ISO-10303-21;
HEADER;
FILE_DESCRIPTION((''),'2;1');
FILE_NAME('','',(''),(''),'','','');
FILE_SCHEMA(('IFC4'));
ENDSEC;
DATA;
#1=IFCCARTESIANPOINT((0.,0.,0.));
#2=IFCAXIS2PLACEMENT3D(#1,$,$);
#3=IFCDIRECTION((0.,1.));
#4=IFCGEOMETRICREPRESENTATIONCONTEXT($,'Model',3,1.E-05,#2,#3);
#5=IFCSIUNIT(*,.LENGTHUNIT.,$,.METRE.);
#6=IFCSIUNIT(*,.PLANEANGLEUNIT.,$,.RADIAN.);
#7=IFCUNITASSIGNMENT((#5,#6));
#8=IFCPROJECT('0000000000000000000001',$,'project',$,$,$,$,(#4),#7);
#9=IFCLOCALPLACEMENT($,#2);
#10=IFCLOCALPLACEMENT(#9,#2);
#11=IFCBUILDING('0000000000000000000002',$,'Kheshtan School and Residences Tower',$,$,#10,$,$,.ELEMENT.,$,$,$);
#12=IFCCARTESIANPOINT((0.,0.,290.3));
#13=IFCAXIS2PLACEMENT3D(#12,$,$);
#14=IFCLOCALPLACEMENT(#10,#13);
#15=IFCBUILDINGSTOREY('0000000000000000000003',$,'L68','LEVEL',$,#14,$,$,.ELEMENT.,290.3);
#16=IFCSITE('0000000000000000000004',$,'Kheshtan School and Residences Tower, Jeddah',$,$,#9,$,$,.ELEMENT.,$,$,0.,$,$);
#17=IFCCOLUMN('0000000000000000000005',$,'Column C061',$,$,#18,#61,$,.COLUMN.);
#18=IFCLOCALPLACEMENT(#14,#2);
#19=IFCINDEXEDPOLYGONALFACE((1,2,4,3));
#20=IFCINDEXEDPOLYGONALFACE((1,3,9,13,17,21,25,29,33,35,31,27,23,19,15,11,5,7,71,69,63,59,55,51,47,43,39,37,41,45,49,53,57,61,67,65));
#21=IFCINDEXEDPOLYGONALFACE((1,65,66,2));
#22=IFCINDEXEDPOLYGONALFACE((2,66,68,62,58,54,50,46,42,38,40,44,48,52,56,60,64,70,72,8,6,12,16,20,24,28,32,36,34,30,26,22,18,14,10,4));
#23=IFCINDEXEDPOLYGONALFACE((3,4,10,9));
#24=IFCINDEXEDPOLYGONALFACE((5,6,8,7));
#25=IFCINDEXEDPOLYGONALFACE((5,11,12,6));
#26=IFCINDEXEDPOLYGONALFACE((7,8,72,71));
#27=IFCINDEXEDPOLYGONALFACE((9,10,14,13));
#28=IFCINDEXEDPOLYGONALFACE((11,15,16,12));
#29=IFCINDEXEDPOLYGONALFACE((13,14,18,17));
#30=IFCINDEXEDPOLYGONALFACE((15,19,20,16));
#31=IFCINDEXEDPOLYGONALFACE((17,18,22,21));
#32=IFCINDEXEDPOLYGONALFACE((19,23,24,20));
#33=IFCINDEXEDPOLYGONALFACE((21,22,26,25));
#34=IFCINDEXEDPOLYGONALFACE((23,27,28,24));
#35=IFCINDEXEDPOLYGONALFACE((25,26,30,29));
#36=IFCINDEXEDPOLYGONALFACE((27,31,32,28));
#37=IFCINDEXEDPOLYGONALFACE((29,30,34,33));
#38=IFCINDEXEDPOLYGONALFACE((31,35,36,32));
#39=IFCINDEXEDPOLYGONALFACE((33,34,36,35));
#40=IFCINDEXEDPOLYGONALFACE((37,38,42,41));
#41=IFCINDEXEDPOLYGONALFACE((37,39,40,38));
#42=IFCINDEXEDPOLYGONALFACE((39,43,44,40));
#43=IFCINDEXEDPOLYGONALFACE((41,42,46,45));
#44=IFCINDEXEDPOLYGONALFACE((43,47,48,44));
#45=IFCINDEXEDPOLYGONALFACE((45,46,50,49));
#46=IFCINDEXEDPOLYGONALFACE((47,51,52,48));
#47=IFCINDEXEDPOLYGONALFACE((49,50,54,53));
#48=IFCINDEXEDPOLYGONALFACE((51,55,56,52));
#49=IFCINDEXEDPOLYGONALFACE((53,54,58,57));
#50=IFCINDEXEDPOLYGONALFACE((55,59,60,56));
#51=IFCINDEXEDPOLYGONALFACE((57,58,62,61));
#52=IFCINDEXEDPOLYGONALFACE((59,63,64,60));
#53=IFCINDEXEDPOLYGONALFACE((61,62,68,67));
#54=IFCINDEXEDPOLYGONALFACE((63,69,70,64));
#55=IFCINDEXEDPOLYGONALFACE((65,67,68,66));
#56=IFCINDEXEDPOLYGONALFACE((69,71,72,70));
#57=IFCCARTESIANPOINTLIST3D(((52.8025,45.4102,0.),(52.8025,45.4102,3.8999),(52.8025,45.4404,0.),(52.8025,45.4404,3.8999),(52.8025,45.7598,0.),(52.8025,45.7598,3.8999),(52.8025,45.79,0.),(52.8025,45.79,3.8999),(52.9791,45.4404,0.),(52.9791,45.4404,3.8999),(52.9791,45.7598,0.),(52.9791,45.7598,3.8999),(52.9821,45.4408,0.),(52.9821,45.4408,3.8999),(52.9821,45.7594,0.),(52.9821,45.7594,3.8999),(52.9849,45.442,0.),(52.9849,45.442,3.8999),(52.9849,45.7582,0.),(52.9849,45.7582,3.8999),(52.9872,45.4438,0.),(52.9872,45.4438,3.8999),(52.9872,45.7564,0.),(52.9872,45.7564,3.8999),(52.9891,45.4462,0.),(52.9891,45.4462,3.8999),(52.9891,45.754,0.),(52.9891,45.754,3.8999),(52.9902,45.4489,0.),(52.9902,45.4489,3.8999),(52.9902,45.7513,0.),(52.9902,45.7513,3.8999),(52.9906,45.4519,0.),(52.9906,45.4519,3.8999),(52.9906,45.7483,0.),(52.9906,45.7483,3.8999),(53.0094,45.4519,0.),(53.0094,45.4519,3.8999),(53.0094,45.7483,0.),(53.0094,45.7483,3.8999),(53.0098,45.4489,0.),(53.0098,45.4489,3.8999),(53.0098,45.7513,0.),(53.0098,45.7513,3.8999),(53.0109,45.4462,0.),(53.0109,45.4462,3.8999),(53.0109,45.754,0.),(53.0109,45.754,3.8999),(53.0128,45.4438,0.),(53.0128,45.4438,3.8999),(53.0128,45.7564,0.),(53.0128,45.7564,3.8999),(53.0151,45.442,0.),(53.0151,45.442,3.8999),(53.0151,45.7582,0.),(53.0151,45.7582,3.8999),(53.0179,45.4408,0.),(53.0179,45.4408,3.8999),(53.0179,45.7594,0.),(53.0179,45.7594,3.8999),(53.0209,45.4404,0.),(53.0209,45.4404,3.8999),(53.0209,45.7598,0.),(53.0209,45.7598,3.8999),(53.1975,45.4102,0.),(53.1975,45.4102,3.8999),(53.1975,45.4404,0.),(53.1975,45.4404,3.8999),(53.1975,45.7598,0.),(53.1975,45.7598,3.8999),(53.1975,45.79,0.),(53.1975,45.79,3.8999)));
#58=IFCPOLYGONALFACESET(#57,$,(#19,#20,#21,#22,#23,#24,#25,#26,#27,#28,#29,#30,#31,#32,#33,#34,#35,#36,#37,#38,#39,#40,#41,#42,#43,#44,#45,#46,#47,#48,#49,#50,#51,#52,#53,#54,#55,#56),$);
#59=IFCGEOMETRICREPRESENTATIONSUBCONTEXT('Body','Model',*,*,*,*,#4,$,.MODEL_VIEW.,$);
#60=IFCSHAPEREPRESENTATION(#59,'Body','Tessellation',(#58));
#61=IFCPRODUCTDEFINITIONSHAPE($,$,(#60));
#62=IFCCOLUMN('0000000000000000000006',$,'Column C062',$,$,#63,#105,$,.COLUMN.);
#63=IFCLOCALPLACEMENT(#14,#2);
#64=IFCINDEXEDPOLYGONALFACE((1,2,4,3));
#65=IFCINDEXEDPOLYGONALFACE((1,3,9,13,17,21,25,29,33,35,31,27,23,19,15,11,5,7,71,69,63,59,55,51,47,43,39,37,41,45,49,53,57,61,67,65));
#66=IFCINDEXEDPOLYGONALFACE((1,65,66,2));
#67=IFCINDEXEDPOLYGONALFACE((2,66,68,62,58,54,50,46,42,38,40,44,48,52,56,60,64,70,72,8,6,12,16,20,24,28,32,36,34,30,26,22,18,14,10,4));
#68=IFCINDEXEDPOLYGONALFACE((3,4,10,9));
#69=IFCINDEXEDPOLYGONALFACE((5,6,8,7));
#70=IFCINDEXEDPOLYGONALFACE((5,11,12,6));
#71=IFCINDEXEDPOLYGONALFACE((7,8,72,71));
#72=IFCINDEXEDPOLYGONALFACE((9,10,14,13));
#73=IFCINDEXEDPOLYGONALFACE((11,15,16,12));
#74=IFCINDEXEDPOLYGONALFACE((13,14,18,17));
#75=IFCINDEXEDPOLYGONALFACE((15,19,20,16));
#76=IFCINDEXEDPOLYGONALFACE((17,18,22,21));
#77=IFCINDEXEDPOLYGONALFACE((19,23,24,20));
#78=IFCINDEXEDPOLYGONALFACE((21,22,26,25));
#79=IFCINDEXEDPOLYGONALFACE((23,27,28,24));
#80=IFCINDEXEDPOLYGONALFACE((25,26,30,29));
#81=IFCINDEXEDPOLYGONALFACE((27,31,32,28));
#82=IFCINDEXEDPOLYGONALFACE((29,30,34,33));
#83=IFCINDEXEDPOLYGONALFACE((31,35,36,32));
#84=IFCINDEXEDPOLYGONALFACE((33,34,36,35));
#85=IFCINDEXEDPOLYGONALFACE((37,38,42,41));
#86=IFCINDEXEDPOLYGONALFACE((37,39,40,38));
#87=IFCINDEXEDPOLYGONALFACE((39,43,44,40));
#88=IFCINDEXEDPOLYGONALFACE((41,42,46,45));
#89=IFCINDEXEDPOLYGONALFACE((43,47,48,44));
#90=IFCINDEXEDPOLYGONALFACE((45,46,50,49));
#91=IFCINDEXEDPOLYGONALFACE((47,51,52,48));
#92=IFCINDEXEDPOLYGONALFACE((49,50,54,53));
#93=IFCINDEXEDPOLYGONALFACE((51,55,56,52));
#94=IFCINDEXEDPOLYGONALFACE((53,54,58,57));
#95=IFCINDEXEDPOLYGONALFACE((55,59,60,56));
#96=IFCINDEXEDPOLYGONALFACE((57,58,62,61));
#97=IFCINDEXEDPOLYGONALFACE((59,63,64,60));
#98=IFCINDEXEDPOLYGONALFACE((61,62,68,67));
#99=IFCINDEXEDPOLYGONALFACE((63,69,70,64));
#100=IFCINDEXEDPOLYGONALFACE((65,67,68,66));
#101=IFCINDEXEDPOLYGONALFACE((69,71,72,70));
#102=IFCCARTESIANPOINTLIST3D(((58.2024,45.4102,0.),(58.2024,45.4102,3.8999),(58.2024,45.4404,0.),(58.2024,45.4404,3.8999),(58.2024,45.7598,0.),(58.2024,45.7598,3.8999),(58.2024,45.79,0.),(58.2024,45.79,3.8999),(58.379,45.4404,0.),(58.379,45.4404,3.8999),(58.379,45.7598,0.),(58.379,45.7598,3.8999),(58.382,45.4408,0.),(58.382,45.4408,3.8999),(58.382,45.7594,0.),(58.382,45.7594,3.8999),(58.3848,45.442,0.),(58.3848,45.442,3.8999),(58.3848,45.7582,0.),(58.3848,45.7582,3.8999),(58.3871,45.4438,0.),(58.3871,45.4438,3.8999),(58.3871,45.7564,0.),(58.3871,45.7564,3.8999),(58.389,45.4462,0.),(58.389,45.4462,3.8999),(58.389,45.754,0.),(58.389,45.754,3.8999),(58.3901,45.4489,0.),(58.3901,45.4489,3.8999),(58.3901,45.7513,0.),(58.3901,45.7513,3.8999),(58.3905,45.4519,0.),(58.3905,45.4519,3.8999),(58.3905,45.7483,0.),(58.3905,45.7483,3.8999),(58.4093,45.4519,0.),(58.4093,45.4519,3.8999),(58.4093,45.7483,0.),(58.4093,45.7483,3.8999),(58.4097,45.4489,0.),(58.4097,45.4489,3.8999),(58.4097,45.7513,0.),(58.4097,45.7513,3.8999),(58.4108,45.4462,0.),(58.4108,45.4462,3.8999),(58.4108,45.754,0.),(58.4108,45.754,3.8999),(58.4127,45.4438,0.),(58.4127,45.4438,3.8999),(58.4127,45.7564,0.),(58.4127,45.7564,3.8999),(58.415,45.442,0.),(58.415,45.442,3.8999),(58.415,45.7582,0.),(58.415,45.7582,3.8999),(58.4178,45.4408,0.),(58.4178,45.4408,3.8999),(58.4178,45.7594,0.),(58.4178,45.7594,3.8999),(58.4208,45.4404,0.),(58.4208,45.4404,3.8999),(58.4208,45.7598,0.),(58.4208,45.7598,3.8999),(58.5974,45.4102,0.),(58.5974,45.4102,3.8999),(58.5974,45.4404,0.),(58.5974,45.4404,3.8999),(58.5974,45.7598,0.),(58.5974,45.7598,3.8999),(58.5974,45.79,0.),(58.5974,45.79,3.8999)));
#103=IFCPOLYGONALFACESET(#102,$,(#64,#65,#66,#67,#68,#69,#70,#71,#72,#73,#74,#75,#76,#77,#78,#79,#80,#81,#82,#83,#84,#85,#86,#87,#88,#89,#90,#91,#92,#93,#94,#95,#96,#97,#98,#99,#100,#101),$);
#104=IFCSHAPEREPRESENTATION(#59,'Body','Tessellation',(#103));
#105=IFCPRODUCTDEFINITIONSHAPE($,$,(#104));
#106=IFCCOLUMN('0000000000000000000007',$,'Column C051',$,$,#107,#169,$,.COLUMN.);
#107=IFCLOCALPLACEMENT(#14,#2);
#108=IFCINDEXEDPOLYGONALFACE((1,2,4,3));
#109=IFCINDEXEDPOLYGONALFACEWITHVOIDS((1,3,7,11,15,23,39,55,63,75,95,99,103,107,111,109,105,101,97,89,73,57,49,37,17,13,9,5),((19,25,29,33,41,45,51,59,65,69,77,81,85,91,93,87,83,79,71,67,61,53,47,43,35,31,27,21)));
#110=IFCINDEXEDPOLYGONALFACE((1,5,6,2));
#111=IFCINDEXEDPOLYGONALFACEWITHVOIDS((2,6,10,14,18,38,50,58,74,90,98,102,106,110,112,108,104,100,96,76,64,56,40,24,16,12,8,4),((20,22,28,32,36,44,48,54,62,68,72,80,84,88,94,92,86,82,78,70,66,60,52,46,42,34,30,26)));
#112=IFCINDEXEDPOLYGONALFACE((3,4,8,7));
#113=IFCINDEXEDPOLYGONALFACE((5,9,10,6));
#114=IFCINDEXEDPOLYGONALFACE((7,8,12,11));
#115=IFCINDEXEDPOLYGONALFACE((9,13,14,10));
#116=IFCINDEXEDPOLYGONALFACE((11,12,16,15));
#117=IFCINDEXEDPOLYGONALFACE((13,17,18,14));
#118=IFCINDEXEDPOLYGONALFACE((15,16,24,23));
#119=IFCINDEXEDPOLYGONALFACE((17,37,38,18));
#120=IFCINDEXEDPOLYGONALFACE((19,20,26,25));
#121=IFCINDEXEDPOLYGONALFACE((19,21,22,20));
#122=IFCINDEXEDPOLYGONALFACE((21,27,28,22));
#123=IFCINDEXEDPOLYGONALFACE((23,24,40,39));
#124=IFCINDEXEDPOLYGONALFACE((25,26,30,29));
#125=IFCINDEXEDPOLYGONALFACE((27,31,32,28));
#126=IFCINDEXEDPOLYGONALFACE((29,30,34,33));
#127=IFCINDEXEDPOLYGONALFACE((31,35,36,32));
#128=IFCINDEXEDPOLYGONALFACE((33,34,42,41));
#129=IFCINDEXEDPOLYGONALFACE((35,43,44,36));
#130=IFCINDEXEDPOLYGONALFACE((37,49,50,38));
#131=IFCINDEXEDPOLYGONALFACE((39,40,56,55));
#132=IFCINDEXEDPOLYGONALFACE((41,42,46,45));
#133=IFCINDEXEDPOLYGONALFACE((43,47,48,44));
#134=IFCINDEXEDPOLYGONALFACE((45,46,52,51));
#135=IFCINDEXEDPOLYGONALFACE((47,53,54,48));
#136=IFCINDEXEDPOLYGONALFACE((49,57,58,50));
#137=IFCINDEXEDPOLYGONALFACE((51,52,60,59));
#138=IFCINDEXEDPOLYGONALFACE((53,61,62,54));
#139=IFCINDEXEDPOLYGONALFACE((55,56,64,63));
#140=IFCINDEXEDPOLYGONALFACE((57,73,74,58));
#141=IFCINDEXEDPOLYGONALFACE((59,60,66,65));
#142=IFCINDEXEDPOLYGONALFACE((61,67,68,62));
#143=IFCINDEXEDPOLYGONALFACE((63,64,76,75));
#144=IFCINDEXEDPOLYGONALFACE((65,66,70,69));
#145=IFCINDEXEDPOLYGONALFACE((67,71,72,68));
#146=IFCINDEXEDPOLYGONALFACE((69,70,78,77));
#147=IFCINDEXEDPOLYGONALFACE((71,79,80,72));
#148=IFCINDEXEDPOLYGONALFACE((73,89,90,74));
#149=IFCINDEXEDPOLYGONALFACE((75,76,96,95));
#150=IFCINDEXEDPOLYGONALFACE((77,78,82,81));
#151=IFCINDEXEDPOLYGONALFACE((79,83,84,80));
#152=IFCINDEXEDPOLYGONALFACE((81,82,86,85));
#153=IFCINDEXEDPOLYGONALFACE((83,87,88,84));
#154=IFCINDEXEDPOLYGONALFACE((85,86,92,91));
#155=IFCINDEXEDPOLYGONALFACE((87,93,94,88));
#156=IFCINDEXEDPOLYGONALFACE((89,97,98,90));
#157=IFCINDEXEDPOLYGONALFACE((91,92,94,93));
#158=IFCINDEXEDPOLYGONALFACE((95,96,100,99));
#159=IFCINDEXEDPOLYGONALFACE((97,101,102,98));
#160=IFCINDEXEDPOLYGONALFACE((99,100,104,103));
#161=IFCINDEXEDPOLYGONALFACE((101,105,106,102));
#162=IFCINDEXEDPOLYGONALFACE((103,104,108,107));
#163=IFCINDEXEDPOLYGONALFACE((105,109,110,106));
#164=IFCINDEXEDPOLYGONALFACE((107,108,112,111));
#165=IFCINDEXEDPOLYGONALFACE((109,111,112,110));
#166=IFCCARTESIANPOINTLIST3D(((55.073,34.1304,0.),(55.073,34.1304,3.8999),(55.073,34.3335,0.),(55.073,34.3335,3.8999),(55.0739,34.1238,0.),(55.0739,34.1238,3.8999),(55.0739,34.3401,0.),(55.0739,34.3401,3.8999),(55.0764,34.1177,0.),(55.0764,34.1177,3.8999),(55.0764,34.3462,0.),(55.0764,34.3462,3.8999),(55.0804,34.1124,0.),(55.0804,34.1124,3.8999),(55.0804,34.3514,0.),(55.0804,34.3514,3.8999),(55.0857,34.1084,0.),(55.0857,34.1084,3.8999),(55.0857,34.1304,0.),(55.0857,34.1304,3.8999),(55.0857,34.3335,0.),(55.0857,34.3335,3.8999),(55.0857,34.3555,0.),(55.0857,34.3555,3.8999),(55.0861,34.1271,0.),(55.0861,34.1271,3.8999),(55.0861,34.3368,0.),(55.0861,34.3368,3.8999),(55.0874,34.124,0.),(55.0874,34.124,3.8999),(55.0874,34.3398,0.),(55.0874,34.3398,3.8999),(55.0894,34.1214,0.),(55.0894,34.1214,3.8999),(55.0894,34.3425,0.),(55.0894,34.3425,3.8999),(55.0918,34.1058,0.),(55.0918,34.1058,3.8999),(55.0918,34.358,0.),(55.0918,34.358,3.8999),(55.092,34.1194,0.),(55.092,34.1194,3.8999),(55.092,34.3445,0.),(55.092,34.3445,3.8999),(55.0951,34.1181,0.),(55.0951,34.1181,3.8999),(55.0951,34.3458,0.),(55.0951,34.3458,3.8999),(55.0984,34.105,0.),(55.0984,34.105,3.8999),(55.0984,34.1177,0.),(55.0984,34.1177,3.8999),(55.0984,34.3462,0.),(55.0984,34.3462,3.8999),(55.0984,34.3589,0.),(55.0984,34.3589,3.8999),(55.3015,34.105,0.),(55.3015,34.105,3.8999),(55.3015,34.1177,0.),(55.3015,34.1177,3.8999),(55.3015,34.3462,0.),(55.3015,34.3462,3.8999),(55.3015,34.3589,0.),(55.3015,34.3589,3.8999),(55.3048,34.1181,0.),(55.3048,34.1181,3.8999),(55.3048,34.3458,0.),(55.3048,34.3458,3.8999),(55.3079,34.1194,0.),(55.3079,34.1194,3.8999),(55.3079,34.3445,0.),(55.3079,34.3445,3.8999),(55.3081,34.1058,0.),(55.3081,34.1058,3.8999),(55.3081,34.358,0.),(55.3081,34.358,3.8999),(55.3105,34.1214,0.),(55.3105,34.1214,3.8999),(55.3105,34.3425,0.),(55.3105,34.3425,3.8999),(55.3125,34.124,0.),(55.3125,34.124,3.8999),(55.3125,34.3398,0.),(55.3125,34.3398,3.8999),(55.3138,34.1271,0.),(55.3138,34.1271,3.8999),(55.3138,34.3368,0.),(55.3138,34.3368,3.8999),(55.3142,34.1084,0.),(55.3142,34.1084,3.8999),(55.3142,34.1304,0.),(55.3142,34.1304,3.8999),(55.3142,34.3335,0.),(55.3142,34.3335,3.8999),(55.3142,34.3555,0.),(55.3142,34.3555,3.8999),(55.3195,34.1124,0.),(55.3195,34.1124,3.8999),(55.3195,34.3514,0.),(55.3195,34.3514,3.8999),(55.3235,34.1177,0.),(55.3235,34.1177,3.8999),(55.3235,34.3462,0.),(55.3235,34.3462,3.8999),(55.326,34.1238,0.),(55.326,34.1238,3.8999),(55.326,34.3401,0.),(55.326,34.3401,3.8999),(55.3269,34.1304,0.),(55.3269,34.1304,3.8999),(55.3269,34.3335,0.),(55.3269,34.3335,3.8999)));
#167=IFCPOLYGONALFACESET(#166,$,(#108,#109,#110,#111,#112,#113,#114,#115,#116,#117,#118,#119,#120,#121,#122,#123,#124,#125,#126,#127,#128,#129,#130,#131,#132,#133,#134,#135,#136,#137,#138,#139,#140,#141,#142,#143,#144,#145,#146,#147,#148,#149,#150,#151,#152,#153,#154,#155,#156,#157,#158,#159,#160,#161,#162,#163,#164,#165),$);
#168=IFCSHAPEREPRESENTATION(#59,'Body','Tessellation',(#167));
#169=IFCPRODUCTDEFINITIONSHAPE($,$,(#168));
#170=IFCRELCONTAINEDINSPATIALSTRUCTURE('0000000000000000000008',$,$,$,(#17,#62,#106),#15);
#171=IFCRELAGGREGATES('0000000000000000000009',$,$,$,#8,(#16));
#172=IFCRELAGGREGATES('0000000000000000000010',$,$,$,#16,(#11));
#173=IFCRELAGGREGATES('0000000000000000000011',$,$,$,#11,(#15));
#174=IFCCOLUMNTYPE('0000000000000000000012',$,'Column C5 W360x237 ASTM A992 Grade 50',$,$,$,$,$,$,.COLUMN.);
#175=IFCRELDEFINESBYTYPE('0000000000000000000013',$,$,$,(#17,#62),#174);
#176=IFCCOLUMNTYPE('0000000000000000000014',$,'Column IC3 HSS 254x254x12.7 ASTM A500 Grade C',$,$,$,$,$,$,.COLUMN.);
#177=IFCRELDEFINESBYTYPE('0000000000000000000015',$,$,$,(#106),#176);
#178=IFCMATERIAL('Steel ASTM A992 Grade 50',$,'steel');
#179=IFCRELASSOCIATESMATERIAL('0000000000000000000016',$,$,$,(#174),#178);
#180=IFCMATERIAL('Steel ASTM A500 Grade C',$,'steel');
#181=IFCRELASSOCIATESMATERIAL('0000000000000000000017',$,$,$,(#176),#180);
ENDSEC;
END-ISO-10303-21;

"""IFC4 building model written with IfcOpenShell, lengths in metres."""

from ifc_helpers import new_model, si_unit, direction, frame, origin, origin_2d, place, context, subcontext, project, spatial, hollow_rectangle, i_section, extrude, material, material_profile, profile_set, type_object, element, save


model = new_model("IFC4")

# Units and contexts
model_context = context("Model", 3, precision=1e-05, world=origin(), true_north=direction((0.0, 1.0)))
body_context = subcontext(model_context, "Body", "Model", "MODEL_VIEW")
ifc_project = project(units=[si_unit("LENGTHUNIT", "METRE"), si_unit("PLANEANGLEUNIT", "RADIAN")], contexts=[model_context])

# Site, building, storey
site_placement = place(None, origin())
site = spatial("IfcSite", under=ifc_project, at=site_placement, Name="Kheshtan School and Residences Tower, Jeddah", CompositionType="ELEMENT", RefElevation=0.0)
building_placement = place(site_placement, origin())
building = spatial("IfcBuilding", under=site, at=building_placement, Name="Kheshtan School and Residences Tower", CompositionType="ELEMENT")
storey_placement = place(building_placement, frame((0.0, 0.0, 290.3)))
storey = spatial("IfcBuildingStorey", under=building, at=storey_placement, Name="L68", Description="LEVEL", CompositionType="ELEMENT", Elevation=290.3)

# Columns
ifc_material_1 = material(Name="Steel ASTM A992 Grade 50", Category="steel")
ifc_material_profile_1 = material_profile(ifc_material_1, i_section(OverallWidth=0.395, OverallDepth=0.3799, WebThickness=0.0188, FlangeThickness=0.0303, FilletRadius=0.0115, at=origin_2d()), Name="W360x237")
ifc_profile_set_1 = profile_set([ifc_material_profile_1], Name="Steel ASTM A992 Grade 50")
column_type_1 = type_object("IfcColumnType", Name="Column C5 W360x237 ASTM A992 Grade 50", PredefinedType="COLUMN", material=ifc_profile_set_1)
for number, where, z_axis, x_axis, name in (
    (1, (53.0, 45.6001, 0.0), (0.0, 0.0, 1.0), (1.0, 0.0, 0.0), "Column C061"),
    (2, (58.3999, 45.6001, 0.0), (0.0, 0.0, 1.0), (1.0, 0.0, 0.0), "Column C062"),
):
    element("IfcColumn", number, at=place(storey_placement, frame(where, z_axis=z_axis, x_axis=x_axis)), inside=storey, type_object=column_type_1, Name=name, PredefinedType="COLUMN", context=body_context, shape_type="SweptSolid", body=[
        extrude(i_section(OverallWidth=0.395, OverallDepth=0.3799, WebThickness=0.0188, FlangeThickness=0.0303, FilletRadius=0.0115, at=origin_2d()), origin(), (0.0, 0.0, 1.0), 3.8999),
    ])
ifc_material_2 = material(Name="Steel ASTM A500 Grade C", Category="steel")
ifc_material_profile_2 = material_profile(ifc_material_2, hollow_rectangle(XDim=0.2539, YDim=0.2539, WallThickness=0.0127, InnerFilletRadius=0.0127, OuterFilletRadius=0.0254, at=origin_2d()), Name="HSS 254x254x12.7")
ifc_profile_set_2 = profile_set([ifc_material_profile_2], Name="Steel ASTM A500 Grade C")
column_type_2 = type_object("IfcColumnType", Name="Column IC3 HSS 254x254x12.7 ASTM A500 Grade C", PredefinedType="COLUMN", material=ifc_profile_set_2)
for number, where, z_axis, x_axis, name in (
    (3, (55.2, 34.2319, 0.0), (0.0, 0.0, 1.0), (1.0, 0.0, 0.0), "Column C051"),
):
    element("IfcColumn", number, at=place(storey_placement, frame(where, z_axis=z_axis, x_axis=x_axis)), inside=storey, type_object=column_type_2, Name=name, PredefinedType="COLUMN", context=body_context, shape_type="SweptSolid", body=[
        extrude(hollow_rectangle(XDim=0.2539, YDim=0.2539, WallThickness=0.0127, InnerFilletRadius=0.0127, OuterFilletRadius=0.0254, at=origin_2d()), origin(), (0.0, 0.0, 1.0), 3.8999),
    ])

save(model, "model.ifc")
